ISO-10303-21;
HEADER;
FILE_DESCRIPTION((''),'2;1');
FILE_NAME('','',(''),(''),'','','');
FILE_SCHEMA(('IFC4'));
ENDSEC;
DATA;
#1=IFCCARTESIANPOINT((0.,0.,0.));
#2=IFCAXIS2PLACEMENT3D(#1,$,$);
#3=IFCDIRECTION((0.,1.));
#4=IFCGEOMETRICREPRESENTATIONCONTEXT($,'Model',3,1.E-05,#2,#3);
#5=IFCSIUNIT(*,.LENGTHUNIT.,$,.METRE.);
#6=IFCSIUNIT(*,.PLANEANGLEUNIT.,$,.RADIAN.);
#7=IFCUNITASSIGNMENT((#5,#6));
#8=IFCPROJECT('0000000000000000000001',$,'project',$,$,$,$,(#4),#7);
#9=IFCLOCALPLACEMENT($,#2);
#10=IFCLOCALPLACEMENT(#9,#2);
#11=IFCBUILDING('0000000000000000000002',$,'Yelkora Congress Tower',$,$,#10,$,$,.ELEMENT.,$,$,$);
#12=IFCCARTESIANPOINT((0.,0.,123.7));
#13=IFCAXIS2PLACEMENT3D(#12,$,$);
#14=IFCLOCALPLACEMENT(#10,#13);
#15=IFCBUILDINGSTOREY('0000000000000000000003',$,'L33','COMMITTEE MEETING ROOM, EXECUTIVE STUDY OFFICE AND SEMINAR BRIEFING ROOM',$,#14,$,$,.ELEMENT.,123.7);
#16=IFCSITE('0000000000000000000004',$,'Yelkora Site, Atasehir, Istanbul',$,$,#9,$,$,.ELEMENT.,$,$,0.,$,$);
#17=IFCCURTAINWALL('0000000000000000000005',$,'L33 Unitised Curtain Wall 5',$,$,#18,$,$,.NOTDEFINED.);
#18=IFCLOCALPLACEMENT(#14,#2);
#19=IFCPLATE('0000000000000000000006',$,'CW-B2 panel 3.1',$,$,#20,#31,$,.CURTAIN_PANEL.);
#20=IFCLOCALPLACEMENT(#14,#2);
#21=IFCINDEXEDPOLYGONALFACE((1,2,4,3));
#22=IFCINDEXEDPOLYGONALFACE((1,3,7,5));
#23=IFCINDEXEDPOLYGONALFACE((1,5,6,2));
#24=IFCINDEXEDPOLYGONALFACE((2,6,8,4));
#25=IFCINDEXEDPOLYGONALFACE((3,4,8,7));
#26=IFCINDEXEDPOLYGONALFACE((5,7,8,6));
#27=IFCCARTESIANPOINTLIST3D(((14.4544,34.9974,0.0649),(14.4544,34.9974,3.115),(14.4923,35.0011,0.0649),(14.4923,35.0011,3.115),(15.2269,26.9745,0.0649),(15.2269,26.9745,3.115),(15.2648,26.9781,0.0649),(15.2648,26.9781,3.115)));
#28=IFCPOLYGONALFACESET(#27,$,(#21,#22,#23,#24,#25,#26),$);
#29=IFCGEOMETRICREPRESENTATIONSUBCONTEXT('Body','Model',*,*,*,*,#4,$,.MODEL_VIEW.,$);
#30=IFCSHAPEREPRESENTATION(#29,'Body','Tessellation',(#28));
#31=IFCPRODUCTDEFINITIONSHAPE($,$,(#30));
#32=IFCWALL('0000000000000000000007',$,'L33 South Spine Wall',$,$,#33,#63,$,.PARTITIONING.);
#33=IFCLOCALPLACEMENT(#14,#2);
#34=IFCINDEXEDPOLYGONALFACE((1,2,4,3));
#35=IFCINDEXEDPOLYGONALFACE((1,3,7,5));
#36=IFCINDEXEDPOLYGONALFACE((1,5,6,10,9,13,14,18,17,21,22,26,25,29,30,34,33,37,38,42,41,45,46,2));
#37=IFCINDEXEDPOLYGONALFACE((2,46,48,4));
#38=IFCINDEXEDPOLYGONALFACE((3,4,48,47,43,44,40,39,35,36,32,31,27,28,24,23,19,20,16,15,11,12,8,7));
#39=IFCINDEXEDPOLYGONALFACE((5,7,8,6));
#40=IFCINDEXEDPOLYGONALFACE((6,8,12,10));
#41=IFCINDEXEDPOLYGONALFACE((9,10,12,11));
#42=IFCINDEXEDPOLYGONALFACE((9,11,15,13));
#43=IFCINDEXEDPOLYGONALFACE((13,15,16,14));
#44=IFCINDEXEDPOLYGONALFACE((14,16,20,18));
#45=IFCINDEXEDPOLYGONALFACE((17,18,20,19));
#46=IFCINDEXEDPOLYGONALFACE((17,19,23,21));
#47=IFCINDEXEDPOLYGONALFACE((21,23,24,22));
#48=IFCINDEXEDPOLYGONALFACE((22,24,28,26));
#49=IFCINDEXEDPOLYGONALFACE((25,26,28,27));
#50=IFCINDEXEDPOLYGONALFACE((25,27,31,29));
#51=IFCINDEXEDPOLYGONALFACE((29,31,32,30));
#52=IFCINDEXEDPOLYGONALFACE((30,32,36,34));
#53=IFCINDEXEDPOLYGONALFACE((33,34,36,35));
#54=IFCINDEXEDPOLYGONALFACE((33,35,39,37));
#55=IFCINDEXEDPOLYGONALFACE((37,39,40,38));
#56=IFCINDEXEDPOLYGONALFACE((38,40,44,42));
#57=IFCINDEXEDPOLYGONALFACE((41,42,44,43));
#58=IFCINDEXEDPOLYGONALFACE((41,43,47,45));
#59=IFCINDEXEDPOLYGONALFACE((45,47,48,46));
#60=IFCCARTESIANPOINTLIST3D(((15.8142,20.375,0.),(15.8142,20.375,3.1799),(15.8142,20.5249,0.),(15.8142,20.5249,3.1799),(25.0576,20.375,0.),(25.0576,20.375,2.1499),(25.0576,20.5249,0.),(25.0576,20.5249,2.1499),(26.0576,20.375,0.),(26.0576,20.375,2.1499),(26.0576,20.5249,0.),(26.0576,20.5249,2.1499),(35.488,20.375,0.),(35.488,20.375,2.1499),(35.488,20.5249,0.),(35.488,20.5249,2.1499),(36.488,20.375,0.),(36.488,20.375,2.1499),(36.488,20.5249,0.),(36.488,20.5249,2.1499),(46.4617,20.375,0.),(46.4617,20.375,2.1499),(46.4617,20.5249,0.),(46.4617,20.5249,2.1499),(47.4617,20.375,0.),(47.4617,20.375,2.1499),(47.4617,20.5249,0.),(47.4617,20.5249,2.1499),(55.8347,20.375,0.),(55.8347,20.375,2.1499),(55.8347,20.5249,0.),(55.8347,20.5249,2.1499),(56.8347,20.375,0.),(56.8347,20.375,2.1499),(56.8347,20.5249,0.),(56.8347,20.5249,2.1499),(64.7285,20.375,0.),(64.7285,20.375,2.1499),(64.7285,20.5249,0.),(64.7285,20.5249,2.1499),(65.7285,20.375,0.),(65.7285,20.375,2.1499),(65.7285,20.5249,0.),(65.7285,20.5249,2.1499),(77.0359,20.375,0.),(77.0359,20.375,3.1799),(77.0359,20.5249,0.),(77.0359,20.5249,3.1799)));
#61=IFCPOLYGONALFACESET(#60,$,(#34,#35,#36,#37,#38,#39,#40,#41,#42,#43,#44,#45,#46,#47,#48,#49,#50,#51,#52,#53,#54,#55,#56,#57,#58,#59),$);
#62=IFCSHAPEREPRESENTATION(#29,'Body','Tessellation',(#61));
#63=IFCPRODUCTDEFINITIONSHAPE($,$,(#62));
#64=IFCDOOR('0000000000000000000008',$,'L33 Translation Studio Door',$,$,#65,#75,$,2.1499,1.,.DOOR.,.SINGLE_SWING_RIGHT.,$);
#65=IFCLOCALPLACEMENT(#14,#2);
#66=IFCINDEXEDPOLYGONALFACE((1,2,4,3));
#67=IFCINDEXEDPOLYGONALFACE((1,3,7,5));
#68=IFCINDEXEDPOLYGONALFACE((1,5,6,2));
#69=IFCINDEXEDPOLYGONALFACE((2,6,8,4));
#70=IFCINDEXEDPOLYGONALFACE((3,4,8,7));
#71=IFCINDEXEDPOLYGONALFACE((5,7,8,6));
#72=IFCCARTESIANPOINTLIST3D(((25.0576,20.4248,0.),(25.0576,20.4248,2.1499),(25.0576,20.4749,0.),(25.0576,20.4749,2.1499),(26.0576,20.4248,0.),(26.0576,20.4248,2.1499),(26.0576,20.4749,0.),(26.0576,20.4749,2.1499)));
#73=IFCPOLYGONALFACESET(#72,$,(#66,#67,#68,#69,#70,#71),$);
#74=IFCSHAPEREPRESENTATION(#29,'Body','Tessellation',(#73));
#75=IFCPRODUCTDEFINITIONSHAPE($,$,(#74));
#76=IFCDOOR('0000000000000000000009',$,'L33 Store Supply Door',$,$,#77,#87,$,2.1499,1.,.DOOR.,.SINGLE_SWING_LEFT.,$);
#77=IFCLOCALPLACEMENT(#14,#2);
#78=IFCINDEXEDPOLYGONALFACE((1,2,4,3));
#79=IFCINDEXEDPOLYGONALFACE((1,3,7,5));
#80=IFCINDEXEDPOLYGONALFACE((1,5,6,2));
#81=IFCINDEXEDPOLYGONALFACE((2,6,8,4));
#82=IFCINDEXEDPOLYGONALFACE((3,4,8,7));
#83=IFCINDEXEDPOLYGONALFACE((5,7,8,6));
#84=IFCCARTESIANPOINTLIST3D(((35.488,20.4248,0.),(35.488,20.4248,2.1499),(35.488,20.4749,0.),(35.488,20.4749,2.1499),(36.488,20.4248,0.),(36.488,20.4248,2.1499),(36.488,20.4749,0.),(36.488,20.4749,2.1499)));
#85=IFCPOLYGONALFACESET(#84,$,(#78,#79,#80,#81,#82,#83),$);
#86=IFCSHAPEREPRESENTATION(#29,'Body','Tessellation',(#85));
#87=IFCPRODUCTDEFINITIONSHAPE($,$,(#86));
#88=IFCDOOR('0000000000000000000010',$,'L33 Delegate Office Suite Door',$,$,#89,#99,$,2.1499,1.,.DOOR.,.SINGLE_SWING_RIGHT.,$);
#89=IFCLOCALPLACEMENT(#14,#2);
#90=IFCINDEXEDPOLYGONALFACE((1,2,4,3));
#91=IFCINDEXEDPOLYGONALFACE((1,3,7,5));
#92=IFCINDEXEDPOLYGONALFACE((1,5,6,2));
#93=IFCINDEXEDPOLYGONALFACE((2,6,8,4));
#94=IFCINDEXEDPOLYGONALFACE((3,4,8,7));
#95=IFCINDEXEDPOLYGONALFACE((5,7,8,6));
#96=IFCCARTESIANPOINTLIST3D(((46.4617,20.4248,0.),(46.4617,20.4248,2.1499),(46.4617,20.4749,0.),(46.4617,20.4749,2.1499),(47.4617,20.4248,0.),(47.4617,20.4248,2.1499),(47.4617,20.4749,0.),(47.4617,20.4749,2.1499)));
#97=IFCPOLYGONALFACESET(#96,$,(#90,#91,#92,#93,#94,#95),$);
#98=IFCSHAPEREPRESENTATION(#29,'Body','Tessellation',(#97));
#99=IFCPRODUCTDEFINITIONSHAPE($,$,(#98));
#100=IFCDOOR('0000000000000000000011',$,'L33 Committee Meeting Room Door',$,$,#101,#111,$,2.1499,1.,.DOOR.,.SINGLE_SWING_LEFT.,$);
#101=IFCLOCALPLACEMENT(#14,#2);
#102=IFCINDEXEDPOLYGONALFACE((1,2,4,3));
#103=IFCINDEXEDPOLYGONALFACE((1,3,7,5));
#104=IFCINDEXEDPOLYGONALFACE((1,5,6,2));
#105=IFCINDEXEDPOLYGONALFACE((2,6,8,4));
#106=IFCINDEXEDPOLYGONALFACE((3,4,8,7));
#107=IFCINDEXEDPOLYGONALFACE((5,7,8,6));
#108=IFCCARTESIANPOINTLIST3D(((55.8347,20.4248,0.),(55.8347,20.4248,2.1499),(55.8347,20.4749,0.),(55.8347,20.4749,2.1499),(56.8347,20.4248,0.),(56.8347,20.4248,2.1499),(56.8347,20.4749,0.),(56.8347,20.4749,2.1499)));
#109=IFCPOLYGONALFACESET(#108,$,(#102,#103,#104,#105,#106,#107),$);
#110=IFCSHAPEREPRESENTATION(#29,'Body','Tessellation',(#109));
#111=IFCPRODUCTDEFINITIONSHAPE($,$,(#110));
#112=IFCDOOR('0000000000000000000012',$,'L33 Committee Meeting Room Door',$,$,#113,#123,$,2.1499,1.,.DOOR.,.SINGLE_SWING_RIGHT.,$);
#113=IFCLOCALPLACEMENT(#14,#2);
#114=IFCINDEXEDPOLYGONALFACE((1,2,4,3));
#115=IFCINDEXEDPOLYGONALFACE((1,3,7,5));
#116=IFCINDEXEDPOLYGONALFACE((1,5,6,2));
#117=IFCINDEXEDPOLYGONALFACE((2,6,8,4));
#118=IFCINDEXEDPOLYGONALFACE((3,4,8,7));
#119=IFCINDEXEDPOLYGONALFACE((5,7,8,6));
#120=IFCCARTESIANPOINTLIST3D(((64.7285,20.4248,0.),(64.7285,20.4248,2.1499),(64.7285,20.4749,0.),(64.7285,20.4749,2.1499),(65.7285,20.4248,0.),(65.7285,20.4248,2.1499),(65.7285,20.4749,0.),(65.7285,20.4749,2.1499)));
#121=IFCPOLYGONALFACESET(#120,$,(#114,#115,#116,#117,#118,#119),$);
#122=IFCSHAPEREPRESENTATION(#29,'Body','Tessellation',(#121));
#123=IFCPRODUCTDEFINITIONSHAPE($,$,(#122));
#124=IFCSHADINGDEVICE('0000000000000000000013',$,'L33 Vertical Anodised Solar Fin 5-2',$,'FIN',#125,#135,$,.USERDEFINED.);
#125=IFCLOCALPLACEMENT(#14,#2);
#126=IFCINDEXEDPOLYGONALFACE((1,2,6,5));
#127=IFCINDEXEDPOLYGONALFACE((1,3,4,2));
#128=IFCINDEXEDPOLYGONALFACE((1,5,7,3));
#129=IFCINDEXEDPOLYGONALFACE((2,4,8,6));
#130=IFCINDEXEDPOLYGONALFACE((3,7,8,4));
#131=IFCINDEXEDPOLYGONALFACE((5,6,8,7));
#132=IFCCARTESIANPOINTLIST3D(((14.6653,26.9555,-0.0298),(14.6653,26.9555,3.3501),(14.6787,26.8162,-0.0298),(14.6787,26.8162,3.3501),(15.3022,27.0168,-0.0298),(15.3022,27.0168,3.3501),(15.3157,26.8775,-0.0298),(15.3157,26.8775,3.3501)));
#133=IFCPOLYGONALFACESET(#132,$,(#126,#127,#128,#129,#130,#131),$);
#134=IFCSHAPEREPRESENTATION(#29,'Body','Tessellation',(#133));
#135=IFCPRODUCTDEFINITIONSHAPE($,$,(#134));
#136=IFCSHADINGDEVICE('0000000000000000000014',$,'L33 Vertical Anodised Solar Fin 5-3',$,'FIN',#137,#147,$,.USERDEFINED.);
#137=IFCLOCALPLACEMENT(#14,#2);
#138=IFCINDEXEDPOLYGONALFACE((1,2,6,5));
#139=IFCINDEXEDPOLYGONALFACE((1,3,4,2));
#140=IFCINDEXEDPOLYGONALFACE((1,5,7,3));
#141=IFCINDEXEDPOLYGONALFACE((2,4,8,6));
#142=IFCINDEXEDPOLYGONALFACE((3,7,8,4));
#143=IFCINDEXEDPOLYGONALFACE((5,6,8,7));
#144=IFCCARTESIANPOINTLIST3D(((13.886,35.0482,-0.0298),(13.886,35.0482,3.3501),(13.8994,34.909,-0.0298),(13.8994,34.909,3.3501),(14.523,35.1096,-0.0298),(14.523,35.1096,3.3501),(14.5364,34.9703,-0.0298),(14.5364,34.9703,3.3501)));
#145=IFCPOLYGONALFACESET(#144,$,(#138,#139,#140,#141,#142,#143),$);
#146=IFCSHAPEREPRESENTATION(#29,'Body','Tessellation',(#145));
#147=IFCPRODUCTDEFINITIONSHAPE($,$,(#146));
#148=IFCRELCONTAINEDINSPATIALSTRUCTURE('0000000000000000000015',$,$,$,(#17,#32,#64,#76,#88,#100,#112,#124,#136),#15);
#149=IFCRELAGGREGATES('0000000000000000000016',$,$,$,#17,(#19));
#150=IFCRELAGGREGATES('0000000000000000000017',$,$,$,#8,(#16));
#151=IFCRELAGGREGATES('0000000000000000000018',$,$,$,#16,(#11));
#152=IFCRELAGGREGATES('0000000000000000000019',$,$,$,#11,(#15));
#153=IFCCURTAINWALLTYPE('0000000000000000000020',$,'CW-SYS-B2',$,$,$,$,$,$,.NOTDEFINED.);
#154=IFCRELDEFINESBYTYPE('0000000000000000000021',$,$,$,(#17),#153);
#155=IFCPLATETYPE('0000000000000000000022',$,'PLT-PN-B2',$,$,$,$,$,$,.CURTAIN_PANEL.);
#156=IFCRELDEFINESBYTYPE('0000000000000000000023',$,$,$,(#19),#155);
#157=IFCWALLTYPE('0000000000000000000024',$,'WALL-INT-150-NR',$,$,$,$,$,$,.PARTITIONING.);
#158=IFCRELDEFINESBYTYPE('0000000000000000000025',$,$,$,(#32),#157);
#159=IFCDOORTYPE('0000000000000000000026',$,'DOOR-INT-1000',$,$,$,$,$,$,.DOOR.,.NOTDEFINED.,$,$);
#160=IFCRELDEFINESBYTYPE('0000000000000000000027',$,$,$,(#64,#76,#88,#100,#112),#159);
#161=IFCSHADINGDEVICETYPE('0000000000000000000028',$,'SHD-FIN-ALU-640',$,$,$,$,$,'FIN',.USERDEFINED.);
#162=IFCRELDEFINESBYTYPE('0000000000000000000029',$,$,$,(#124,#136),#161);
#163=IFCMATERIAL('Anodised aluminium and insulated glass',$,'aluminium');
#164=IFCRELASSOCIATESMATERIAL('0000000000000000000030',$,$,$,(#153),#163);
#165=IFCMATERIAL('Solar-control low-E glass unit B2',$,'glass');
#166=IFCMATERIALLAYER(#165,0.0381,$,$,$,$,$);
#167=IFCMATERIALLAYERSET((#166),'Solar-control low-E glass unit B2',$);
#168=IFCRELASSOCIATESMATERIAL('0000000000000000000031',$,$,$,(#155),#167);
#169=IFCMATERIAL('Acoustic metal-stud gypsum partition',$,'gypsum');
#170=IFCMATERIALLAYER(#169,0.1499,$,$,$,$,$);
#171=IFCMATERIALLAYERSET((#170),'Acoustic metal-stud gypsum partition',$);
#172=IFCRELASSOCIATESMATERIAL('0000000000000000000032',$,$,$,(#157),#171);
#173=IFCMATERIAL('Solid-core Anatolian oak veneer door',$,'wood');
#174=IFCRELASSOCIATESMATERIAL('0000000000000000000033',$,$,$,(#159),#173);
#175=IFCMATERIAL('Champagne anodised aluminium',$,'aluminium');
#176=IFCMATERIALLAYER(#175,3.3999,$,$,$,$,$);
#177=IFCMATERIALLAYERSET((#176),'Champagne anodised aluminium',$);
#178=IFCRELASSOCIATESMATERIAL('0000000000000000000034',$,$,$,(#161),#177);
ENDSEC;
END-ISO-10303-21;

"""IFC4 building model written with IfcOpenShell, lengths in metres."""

from ifc_helpers import new_model, si_unit, direction, frame, frame_2d, origin, origin_2d, place, context, subcontext, project, spatial, rectangle, extrude, material, layer, layer_set, type_object, element, fill, aggregate, save


model = new_model("IFC4")

# Units and contexts
model_context = context("Model", 3, precision=1e-05, world=origin(), true_north=direction((0.0, 1.0)))
body_context = subcontext(model_context, "Body", "Model", "MODEL_VIEW")
ifc_project = project(units=[si_unit("LENGTHUNIT", "METRE"), si_unit("PLANEANGLEUNIT", "RADIAN")], contexts=[model_context])

# Site, building, storey
site_placement = place(None, origin())
site = spatial("IfcSite", under=ifc_project, at=site_placement, Name="Yelkora Site, Atasehir, Istanbul", CompositionType="ELEMENT", RefElevation=0.0)
building_placement = place(site_placement, origin())
building = spatial("IfcBuilding", under=site, at=building_placement, Name="Yelkora Congress Tower", CompositionType="ELEMENT")
storey_placement = place(building_placement, frame((0.0, 0.0, 123.7)))
storey = spatial("IfcBuildingStorey", under=building, at=storey_placement, Name="L33", Description="COMMITTEE MEETING ROOM, EXECUTIVE STUDY OFFICE AND SEMINAR BRIEFING ROOM", CompositionType="ELEMENT", Elevation=123.7)

# Curtain wall, plate
ifc_material_1 = material(Name="Anodised aluminium and insulated glass", Category="aluminium")
curtain_wall_type = type_object("IfcCurtainWallType", Name="CW-SYS-B2", PredefinedType="NOTDEFINED", material=ifc_material_1)
curtain_wall_placement = place(storey_placement, origin())
curtain_wall = element("IfcCurtainWall", 1, at=curtain_wall_placement, inside=storey, type_object=curtain_wall_type, Name="L33 Unitised Curtain Wall 5", PredefinedType="NOTDEFINED")
ifc_material_2 = material(Name="Solar-control low-E glass unit B2", Category="glass")
ifc_layer_1 = layer(ifc_material_2, 0.0381)
ifc_layer_set_1 = layer_set([ifc_layer_1], Name="Solar-control low-E glass unit B2")
plate_type = type_object("IfcPlateType", Name="PLT-PN-B2", PredefinedType="CURTAIN_PANEL", material=ifc_layer_set_1)
plate_1_placement = place(storey_placement, frame((14.8596, 30.9878, 0.0649), z_axis=(0.0, 0.0, 1.0), x_axis=(-0.095843, 0.995397, 0.0)))
plate_1 = element("IfcPlate", 2, at=plate_1_placement, type_object=plate_type, Name="CW-B2 panel 3.1", PredefinedType="CURTAIN_PANEL", context=body_context, shape_type="SweptSolid", body=[
    extrude(rectangle(XDim=8.0601, YDim=0.0381, at=origin_2d()), origin(), (0.0, 0.0, 1.0), 3.05),
])
aggregate(curtain_wall, [plate_1])

# Wall, openings, doors
ifc_material_3 = material(Name="Acoustic metal-stud gypsum partition", Category="gypsum")
ifc_layer_2 = layer(ifc_material_3, 0.1499)
ifc_layer_set_2 = layer_set([ifc_layer_2], Name="Acoustic metal-stud gypsum partition")
wall_type = type_object("IfcWallType", Name="WALL-INT-150-NR", PredefinedType="PARTITIONING", material=ifc_layer_set_2)
wall_placement = place(storey_placement, frame((15.8142, 20.45, 0.0), z_axis=(0.0, 0.0, 1.0), x_axis=(1.0, 0.0, 0.0)))
wall = element("IfcWall", 3, at=wall_placement, inside=storey, type_object=wall_type, Name="L33 South Spine Wall", PredefinedType="PARTITIONING", context=body_context, shape_type="SweptSolid", body=[
    extrude(rectangle(XDim=61.2217, YDim=0.1499, at=frame_2d((30.6108, 0.0))), origin(), (0.0, 0.0, 1.0), 3.1799),
])
opening_1_placement = place(wall_placement, frame((9.2434, 0.0, 0.0)))
opening_1 = element("IfcOpeningElement", 4, at=opening_1_placement, cuts=wall, PredefinedType="OPENING", context=body_context, shape_type="SweptSolid", body=[
    extrude(rectangle(XDim=1.0, YDim=2.1499, at=frame_2d((0.5, 1.075))), frame((0.0, 0.085, 0.0), z_axis=(0.0, -1.0, 0.0), x_axis=(1.0, 0.0, 0.0)), (0.0, 0.0, 1.0), 0.1699),
])
opening_2_placement = place(wall_placement, frame((19.6738, 0.0, 0.0)))
opening_2 = element("IfcOpeningElement", 5, at=opening_2_placement, cuts=wall, PredefinedType="OPENING", context=body_context, shape_type="SweptSolid", body=[
    extrude(rectangle(XDim=1.0, YDim=2.1499, at=frame_2d((0.5, 1.075))), frame((0.0, 0.085, 0.0), z_axis=(0.0, -1.0, 0.0), x_axis=(1.0, 0.0, 0.0)), (0.0, 0.0, 1.0), 0.1699),
])
opening_3_placement = place(wall_placement, frame((30.6475, 0.0, 0.0)))
opening_3 = element("IfcOpeningElement", 6, at=opening_3_placement, cuts=wall, PredefinedType="OPENING", context=body_context, shape_type="SweptSolid", body=[
    extrude(rectangle(XDim=1.0, YDim=2.1499, at=frame_2d((0.5, 1.075))), frame((0.0, 0.085, 0.0), z_axis=(0.0, -1.0, 0.0), x_axis=(1.0, 0.0, 0.0)), (0.0, 0.0, 1.0), 0.1699),
])
opening_4_placement = place(wall_placement, frame((40.0205, 0.0, 0.0)))
opening_4 = element("IfcOpeningElement", 7, at=opening_4_placement, cuts=wall, PredefinedType="OPENING", context=body_context, shape_type="SweptSolid", body=[
    extrude(rectangle(XDim=1.0, YDim=2.1499, at=frame_2d((0.5, 1.075))), frame((0.0, 0.085, 0.0), z_axis=(0.0, -1.0, 0.0), x_axis=(1.0, 0.0, 0.0)), (0.0, 0.0, 1.0), 0.1699),
])
opening_5_placement = place(wall_placement, frame((48.9143, 0.0, 0.0)))
opening_5 = element("IfcOpeningElement", 8, at=opening_5_placement, cuts=wall, PredefinedType="OPENING", context=body_context, shape_type="SweptSolid", body=[
    extrude(rectangle(XDim=1.0, YDim=2.1499, at=frame_2d((0.5, 1.075))), frame((0.0, 0.085, 0.0), z_axis=(0.0, -1.0, 0.0), x_axis=(1.0, 0.0, 0.0)), (0.0, 0.0, 1.0), 0.1699),
])
ifc_material_4 = material(Name="Solid-core Anatolian oak veneer door", Category="wood")
door_type = type_object("IfcDoorType", Name="DOOR-INT-1000", OperationType="NOTDEFINED", PredefinedType="DOOR", material=ifc_material_4)
door_1_placement = place(opening_1_placement, origin())
door_1 = element("IfcDoor", 9, at=door_1_placement, inside=storey, type_object=door_type, Name="L33 Translation Studio Door", OperationType="SINGLE_SWING_RIGHT", OverallHeight=2.1499, OverallWidth=1.0, PredefinedType="DOOR", context=body_context, shape_type="SweptSolid", body=[
    extrude(rectangle(XDim=1.0, YDim=2.1499, at=frame_2d((0.5, 1.075))), frame((0.0, 0.0249, 0.0), z_axis=(0.0, -1.0, 0.0), x_axis=(1.0, 0.0, 0.0)), (0.0, 0.0, 1.0), 0.05),
])
fill(opening_1, door_1)
door_2_placement = place(opening_2_placement, origin())
door_2 = element("IfcDoor", 10, at=door_2_placement, inside=storey, type_object=door_type, Name="L33 Store Supply Door", OperationType="SINGLE_SWING_LEFT", OverallHeight=2.1499, OverallWidth=1.0, PredefinedType="DOOR", context=body_context, shape_type="SweptSolid", body=[
    extrude(rectangle(XDim=1.0, YDim=2.1499, at=frame_2d((0.5, 1.075))), frame((0.0, 0.0249, 0.0), z_axis=(0.0, -1.0, 0.0), x_axis=(1.0, 0.0, 0.0)), (0.0, 0.0, 1.0), 0.05),
])
fill(opening_2, door_2)
door_3_placement = place(opening_3_placement, origin())
door_3 = element("IfcDoor", 11, at=door_3_placement, inside=storey, type_object=door_type, Name="L33 Delegate Office Suite Door", OperationType="SINGLE_SWING_RIGHT", OverallHeight=2.1499, OverallWidth=1.0, PredefinedType="DOOR", context=body_context, shape_type="SweptSolid", body=[
    extrude(rectangle(XDim=1.0, YDim=2.1499, at=frame_2d((0.5, 1.075))), frame((0.0, 0.0249, 0.0), z_axis=(0.0, -1.0, 0.0), x_axis=(1.0, 0.0, 0.0)), (0.0, 0.0, 1.0), 0.05),
])
fill(opening_3, door_3)
door_4_placement = place(opening_4_placement, origin())
door_4 = element("IfcDoor", 12, at=door_4_placement, inside=storey, type_object=door_type, Name="L33 Committee Meeting Room Door", OperationType="SINGLE_SWING_LEFT", OverallHeight=2.1499, OverallWidth=1.0, PredefinedType="DOOR", context=body_context, shape_type="SweptSolid", body=[
    extrude(rectangle(XDim=1.0, YDim=2.1499, at=frame_2d((0.5, 1.075))), frame((0.0, 0.0249, 0.0), z_axis=(0.0, -1.0, 0.0), x_axis=(1.0, 0.0, 0.0)), (0.0, 0.0, 1.0), 0.05),
])
fill(opening_4, door_4)
door_5_placement = place(opening_5_placement, origin())
door_5 = element("IfcDoor", 13, at=door_5_placement, inside=storey, type_object=door_type, Name="L33 Committee Meeting Room Door", OperationType="SINGLE_SWING_RIGHT", OverallHeight=2.1499, OverallWidth=1.0, PredefinedType="DOOR", context=body_context, shape_type="SweptSolid", body=[
    extrude(rectangle(XDim=1.0, YDim=2.1499, at=frame_2d((0.5, 1.075))), frame((0.0, 0.0249, 0.0), z_axis=(0.0, -1.0, 0.0), x_axis=(1.0, 0.0, 0.0)), (0.0, 0.0, 1.0), 0.05),
])
fill(opening_5, door_5)

# Shading devices
ifc_material_5 = material(Name="Champagne anodised aluminium", Category="aluminium")
ifc_layer_3 = layer(ifc_material_5, 3.3999)
ifc_layer_set_3 = layer_set([ifc_layer_3], Name="Champagne anodised aluminium")
shading_device_type = type_object("IfcShadingDeviceType", Name="SHD-FIN-ALU-640", ElementType="FIN", PredefinedType="USERDEFINED", material=ifc_layer_set_3)
for number, where, z_axis, x_axis, name in (
    (14, (14.9905, 26.9165, -0.0298), (0.0, 0.0, 1.0), (-0.095846, 0.995396, 0.0), "L33 Vertical Anodised Solar Fin 5-2"),
    (15, (14.2112, 35.0093, -0.0298), (0.0, 0.0, 1.0), (-0.095846, 0.995396, 0.0), "L33 Vertical Anodised Solar Fin 5-3"),
):
    element("IfcShadingDevice", number, at=place(storey_placement, frame(where, z_axis=z_axis, x_axis=x_axis)), inside=storey, type_object=shading_device_type, Name=name, ObjectType="FIN", PredefinedType="USERDEFINED", context=body_context, shape_type="SweptSolid", body=[
        extrude(rectangle(XDim=0.1399, YDim=0.6399, at=origin_2d()), origin(), (0.0, 0.0, 1.0), 3.3799),
    ])

save(model, "model.ifc")
